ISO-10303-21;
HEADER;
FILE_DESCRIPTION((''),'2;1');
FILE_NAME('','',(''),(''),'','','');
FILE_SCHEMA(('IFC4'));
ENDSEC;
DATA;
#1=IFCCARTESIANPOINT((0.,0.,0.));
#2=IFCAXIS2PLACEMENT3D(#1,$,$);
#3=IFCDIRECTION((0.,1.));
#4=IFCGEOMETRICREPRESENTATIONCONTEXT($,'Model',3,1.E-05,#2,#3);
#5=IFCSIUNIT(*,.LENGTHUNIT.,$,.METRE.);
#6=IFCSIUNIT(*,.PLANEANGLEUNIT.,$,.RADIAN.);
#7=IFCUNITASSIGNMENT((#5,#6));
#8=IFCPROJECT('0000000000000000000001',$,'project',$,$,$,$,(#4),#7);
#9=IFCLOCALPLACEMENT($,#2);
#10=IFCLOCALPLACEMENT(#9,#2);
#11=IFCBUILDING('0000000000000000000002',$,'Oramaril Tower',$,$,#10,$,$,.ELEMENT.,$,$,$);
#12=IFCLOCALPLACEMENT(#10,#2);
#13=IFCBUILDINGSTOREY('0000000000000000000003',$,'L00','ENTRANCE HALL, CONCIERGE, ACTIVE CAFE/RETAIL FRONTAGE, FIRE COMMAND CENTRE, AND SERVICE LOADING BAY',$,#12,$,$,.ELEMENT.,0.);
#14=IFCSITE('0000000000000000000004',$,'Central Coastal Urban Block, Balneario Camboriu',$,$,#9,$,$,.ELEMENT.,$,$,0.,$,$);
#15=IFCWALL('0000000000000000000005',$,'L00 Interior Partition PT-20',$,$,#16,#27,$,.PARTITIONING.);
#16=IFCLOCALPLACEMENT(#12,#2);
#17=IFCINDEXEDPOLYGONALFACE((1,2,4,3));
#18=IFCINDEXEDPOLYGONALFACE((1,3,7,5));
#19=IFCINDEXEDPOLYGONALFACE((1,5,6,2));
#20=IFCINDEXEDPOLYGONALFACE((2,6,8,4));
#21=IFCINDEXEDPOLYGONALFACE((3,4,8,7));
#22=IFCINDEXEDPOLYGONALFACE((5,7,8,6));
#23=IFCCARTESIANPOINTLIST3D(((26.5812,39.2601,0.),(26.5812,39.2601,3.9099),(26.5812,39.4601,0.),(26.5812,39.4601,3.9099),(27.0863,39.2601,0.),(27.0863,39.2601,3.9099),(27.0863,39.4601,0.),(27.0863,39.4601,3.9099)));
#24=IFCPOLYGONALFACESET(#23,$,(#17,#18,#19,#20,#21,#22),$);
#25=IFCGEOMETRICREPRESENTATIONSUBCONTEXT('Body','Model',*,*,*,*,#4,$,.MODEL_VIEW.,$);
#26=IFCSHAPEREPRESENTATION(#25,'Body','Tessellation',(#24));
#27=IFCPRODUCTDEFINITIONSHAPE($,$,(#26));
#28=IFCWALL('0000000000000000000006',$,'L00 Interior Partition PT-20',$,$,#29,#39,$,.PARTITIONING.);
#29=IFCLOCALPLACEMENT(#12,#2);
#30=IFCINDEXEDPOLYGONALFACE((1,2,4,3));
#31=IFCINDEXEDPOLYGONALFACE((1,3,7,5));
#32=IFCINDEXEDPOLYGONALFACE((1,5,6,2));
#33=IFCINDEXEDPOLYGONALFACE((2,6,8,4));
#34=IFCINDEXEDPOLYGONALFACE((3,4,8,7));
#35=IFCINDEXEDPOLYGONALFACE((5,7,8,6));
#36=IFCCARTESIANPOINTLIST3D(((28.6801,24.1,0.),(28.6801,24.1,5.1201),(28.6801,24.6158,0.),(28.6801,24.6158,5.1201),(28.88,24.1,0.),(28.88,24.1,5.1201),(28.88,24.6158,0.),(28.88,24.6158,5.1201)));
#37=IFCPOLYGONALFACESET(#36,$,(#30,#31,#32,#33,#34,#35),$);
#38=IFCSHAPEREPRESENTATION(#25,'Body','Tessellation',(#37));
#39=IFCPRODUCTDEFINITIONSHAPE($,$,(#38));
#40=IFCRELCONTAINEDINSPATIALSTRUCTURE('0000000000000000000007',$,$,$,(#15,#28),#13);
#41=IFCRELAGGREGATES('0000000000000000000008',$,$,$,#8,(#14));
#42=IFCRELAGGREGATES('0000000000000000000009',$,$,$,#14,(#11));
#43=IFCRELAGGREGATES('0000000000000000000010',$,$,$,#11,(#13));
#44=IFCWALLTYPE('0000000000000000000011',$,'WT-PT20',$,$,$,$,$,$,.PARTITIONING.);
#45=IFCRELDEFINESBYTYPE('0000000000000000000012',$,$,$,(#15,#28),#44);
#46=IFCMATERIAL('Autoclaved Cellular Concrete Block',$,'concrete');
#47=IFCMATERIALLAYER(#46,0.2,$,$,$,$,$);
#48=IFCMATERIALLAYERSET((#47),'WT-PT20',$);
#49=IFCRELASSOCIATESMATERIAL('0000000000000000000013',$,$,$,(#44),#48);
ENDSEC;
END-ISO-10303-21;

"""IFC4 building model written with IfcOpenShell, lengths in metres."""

from ifc_helpers import new_model, si_unit, direction, frame, frame_2d, origin, place, context, subcontext, project, spatial, rectangle, extrude, material, layer, layer_set, type_object, element, save


model = new_model("IFC4")

# Units and contexts
model_context = context("Model", 3, precision=1e-05, world=origin(), true_north=direction((0.0, 1.0)))
body_context = subcontext(model_context, "Body", "Model", "MODEL_VIEW")
ifc_project = project(units=[si_unit("LENGTHUNIT", "METRE"), si_unit("PLANEANGLEUNIT", "RADIAN")], contexts=[model_context])

# Site, building, storey
site_placement = place(None, origin())
site = spatial("IfcSite", under=ifc_project, at=site_placement, Name="Central Coastal Urban Block, Balneario Camboriu", CompositionType="ELEMENT", RefElevation=0.0)
building_placement = place(site_placement, origin())
building = spatial("IfcBuilding", under=site, at=building_placement, Name="Oramaril Tower", CompositionType="ELEMENT")
storey_placement = place(building_placement, origin())
storey = spatial("IfcBuildingStorey", under=building, at=storey_placement, Name="L00", Description="ENTRANCE HALL, CONCIERGE, ACTIVE CAFE/RETAIL FRONTAGE, FIRE COMMAND CENTRE, AND SERVICE LOADING BAY", CompositionType="ELEMENT", Elevation=0.0)

# Shared definitions
ifc_material_1 = material(Name="Autoclaved Cellular Concrete Block", Category="concrete")
ifc_layer = layer(ifc_material_1, 0.2)
ifc_layer_set = layer_set([ifc_layer], Name="WT-PT20")
wall_type = type_object("IfcWallType", Name="WT-PT20", PredefinedType="PARTITIONING", material=ifc_layer_set)

# Wall
for number, where, z_axis, x_axis, name in (
    (1, (26.5813, 39.3601, 0.0), (0.0, 0.0, 1.0), (1.0, 0.0, 0.0), "L00 Interior Partition PT-20"),
):
    element("IfcWall", number, at=place(storey_placement, frame(where, z_axis=z_axis, x_axis=x_axis)), inside=storey, type_object=wall_type, Name=name, PredefinedType="PARTITIONING", context=body_context, shape_type="SweptSolid", body=[
        extrude(rectangle(XDim=0.5051, YDim=0.2, at=frame_2d((0.2524, 0.0))), origin(), (0.0, 0.0, 1.0), 3.9099),
    ])

# Wall
wall_1_placement = place(storey_placement, frame((28.78, 24.1001, 0.0), z_axis=(0.0, 0.0, 1.0), x_axis=(0.0, 1.0, 0.0)))
element("IfcWall", 2, at=wall_1_placement, inside=storey, type_object=wall_type, Name="L00 Interior Partition PT-20", PredefinedType="PARTITIONING", context=body_context, shape_type="SweptSolid", body=[
    extrude(rectangle(XDim=0.5159, YDim=0.2, at=frame_2d((0.2578, 0.0))), origin(), (0.0, 0.0, 1.0), 5.1201),
])

save(model, "model.ifc")
